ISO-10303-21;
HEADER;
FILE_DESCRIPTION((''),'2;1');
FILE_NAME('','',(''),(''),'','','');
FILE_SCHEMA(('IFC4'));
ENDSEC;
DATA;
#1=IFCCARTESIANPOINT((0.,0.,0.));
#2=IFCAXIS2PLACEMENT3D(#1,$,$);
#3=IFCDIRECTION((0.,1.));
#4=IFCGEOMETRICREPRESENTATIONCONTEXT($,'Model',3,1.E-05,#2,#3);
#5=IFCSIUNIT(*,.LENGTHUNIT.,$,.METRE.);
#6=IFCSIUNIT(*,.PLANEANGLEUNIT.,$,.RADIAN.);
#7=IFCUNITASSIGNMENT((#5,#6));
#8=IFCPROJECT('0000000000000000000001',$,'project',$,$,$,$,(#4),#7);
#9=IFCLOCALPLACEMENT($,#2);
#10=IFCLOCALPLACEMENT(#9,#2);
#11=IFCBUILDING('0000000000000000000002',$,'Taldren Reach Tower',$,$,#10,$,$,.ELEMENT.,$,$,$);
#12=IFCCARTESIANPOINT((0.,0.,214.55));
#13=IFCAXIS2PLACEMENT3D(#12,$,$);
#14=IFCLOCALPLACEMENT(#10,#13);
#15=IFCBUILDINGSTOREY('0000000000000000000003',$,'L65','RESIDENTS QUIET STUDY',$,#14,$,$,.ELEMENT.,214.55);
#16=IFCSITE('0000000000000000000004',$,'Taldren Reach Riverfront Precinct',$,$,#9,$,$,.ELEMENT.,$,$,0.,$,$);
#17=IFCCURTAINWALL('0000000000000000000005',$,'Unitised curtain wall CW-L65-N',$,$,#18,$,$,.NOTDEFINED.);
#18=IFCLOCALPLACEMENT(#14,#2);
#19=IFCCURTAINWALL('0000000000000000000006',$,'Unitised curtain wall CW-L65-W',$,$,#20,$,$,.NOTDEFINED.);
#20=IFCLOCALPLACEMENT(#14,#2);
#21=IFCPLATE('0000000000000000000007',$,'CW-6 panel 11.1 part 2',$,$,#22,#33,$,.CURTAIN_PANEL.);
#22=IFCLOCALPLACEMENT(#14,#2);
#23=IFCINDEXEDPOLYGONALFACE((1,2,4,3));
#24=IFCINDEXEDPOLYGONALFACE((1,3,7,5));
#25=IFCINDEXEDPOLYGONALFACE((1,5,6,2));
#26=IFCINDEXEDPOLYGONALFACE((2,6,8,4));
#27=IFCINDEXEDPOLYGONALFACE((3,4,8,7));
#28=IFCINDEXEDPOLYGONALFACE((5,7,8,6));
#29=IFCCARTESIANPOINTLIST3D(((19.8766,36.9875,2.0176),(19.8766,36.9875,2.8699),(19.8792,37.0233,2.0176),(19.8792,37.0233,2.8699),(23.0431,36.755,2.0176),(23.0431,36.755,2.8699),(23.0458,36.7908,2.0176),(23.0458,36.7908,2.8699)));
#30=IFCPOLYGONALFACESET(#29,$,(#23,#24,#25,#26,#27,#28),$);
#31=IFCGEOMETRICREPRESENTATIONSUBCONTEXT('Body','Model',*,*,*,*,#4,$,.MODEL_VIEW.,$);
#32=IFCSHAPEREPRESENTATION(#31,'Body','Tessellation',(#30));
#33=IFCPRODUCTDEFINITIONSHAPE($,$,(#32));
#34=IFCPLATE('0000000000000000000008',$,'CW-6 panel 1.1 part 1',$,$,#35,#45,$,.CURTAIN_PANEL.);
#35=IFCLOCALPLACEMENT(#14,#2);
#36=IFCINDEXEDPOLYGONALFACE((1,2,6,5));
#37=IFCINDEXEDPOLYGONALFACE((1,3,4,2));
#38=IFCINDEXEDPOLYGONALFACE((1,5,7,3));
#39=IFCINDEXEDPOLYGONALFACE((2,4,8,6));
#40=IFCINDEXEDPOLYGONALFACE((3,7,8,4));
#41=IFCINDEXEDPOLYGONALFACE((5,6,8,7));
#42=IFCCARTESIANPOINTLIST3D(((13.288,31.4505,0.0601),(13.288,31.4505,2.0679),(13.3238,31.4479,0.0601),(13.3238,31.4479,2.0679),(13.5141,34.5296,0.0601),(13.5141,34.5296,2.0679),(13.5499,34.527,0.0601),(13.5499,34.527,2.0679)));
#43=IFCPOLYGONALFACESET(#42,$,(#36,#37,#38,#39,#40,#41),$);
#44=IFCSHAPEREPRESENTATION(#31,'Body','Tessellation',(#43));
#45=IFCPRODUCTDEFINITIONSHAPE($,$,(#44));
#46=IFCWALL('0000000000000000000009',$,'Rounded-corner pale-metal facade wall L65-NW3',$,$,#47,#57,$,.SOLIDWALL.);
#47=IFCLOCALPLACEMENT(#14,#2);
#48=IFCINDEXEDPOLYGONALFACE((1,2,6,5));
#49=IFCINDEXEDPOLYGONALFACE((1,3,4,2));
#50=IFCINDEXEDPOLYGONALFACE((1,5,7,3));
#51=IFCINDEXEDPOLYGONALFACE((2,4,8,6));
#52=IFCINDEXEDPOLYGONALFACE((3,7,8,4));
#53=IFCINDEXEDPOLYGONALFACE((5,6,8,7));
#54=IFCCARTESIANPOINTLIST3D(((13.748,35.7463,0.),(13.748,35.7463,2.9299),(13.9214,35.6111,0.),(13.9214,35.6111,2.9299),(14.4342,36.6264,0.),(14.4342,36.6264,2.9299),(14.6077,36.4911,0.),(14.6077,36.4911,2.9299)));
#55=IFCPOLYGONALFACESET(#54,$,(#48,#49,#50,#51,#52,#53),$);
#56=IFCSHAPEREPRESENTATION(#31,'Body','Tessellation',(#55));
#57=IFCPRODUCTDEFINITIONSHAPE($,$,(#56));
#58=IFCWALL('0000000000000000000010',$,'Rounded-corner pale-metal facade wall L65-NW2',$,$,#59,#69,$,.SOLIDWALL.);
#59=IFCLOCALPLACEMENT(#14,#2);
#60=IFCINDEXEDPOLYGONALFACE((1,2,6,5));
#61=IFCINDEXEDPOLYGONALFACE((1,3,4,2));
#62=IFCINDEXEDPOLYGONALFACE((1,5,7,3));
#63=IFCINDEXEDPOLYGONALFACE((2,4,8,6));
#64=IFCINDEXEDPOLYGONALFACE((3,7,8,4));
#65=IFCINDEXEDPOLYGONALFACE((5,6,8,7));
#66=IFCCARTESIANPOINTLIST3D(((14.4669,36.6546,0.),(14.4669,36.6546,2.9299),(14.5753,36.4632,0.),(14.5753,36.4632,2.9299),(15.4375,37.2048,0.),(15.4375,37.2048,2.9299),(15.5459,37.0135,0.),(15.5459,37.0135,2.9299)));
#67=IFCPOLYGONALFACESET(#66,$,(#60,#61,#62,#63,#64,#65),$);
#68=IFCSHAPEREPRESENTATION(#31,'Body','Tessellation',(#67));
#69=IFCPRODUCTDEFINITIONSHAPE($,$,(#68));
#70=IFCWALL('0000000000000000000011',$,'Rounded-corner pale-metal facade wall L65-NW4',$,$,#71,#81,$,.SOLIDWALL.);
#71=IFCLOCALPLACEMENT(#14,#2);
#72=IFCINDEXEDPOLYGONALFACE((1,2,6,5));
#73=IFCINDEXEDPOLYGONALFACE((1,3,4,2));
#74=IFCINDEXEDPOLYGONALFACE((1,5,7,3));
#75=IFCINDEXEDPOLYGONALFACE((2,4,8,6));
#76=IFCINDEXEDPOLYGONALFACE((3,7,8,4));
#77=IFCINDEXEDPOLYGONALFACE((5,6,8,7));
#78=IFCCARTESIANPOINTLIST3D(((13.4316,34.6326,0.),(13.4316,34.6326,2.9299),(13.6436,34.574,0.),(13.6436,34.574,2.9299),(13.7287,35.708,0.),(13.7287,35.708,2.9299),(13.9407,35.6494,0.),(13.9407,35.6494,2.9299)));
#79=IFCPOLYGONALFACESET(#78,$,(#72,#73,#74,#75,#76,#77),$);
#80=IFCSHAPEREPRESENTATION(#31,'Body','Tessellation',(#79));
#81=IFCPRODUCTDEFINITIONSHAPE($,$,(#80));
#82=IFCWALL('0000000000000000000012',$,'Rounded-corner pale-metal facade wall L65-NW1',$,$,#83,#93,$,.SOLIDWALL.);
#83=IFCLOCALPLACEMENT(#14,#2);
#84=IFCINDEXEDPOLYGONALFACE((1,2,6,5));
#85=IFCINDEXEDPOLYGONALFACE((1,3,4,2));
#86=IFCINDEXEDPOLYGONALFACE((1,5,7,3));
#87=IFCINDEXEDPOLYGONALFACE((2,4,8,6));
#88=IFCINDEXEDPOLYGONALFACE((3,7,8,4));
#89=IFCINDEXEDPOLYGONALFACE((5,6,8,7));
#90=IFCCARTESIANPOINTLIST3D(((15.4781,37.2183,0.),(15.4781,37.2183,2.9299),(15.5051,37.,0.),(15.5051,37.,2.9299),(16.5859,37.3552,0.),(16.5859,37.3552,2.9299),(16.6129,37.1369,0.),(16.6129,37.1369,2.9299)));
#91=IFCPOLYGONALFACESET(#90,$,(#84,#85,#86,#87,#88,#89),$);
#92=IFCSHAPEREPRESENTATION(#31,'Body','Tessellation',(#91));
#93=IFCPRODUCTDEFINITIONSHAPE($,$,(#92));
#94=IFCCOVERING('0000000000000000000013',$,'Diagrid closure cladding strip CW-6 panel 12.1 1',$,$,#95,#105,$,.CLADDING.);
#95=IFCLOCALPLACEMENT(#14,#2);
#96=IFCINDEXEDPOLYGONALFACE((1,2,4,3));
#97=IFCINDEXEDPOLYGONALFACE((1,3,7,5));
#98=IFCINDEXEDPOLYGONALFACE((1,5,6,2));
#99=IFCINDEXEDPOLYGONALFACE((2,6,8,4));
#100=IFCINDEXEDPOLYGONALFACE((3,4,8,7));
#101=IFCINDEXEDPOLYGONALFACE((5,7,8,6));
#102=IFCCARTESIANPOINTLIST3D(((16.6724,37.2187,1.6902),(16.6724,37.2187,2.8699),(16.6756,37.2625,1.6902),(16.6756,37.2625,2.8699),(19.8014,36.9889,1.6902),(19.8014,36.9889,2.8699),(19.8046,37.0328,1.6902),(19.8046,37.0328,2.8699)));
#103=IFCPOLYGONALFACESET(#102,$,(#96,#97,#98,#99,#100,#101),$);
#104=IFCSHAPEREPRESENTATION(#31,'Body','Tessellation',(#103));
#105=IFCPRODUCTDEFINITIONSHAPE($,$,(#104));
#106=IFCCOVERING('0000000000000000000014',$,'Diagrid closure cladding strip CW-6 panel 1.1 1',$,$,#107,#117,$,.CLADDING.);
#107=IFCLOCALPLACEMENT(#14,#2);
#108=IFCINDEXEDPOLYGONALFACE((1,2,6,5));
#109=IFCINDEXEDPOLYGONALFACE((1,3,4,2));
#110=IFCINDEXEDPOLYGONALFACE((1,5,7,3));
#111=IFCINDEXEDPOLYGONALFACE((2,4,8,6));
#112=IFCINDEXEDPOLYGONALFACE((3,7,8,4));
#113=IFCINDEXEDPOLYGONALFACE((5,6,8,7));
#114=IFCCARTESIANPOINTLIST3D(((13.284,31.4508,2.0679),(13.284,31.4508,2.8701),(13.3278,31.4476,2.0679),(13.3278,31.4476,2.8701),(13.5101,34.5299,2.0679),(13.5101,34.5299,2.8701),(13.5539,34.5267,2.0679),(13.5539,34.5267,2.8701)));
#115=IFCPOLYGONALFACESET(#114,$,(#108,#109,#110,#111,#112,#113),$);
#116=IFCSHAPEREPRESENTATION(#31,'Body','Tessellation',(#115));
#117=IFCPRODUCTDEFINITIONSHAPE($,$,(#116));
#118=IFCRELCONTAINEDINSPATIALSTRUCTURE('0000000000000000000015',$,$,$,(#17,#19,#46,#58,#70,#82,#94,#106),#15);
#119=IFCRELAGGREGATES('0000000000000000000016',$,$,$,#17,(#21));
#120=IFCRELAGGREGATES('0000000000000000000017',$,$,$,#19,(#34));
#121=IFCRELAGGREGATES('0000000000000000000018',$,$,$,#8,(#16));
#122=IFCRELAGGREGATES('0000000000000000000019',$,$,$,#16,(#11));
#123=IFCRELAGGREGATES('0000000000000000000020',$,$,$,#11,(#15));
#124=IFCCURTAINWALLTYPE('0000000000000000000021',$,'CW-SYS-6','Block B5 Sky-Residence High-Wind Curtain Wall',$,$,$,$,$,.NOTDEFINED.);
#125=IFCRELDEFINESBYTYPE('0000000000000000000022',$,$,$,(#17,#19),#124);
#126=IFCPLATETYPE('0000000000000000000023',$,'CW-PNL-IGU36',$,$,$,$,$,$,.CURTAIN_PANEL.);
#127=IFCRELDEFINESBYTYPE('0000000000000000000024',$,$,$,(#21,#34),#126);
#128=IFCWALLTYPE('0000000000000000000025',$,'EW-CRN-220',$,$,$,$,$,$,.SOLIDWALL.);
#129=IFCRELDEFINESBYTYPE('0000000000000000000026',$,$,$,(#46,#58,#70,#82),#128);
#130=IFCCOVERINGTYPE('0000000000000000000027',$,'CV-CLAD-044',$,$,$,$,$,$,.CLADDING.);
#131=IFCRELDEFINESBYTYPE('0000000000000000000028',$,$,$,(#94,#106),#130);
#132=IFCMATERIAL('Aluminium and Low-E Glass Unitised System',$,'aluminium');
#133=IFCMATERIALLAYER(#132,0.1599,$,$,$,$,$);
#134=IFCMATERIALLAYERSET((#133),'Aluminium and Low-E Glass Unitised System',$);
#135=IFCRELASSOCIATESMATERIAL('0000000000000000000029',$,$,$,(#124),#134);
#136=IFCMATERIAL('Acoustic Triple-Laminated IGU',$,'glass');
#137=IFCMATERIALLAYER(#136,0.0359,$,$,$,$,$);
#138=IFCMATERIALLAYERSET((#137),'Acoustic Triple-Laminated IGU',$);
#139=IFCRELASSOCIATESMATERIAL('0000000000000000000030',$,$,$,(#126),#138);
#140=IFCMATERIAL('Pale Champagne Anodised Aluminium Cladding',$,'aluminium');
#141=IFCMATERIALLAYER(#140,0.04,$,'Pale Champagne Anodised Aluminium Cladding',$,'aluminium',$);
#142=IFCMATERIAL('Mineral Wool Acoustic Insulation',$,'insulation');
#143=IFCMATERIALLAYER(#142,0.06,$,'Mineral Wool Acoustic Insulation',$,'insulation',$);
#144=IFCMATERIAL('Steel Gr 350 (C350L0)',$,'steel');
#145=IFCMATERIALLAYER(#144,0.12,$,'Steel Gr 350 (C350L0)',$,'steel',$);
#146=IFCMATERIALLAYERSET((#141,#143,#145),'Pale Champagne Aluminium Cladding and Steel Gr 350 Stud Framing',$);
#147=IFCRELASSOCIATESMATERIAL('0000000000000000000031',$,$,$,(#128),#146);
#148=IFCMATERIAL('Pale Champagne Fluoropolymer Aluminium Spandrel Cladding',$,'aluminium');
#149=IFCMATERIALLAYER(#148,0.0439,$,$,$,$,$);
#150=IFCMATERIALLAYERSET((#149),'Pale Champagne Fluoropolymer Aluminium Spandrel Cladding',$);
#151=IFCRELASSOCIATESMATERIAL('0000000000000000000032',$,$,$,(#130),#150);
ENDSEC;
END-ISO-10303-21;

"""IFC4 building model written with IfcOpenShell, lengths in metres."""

from ifc_helpers import new_model, si_unit, direction, frame, frame_2d, origin, origin_2d, place, context, subcontext, project, spatial, rectangle, extrude, source, transform, mapped, material, layer, layer_set, type_object, element, aggregate, save


model = new_model("IFC4")

# Units and contexts
model_context = context("Model", 3, precision=1e-05, world=origin(), true_north=direction((0.0, 1.0)))
body_context = subcontext(model_context, "Body", "Model", "MODEL_VIEW")
ifc_project = project(units=[si_unit("LENGTHUNIT", "METRE"), si_unit("PLANEANGLEUNIT", "RADIAN")], contexts=[model_context])

# Site, building, storey
site_placement = place(None, origin())
site = spatial("IfcSite", under=ifc_project, at=site_placement, Name="Taldren Reach Riverfront Precinct", CompositionType="ELEMENT", RefElevation=0.0)
building_placement = place(site_placement, origin())
building = spatial("IfcBuilding", under=site, at=building_placement, Name="Taldren Reach Tower", CompositionType="ELEMENT")
storey_placement = place(building_placement, frame((0.0, 0.0, 214.55)))
storey = spatial("IfcBuildingStorey", under=building, at=storey_placement, Name="L65", Description="RESIDENTS QUIET STUDY", CompositionType="ELEMENT", Elevation=214.55)

# Shared definitions
ifc_material_1 = material(Name="Steel Gr 350 (C350L0)", Category="steel")

# Curtain wall
ifc_material_2 = material(Name="Aluminium and Low-E Glass Unitised System", Category="aluminium")
ifc_layer_1 = layer(ifc_material_2, 0.1599)
ifc_layer_set_1 = layer_set([ifc_layer_1], Name="Aluminium and Low-E Glass Unitised System")
curtain_wall_type = type_object("IfcCurtainWallType", Name="CW-SYS-6", Description="Block B5 Sky-Residence High-Wind Curtain Wall", PredefinedType="NOTDEFINED", material=ifc_layer_set_1)
curtain_wall_1_placement = place(storey_placement, origin())
curtain_wall_1 = element("IfcCurtainWall", 1, at=curtain_wall_1_placement, inside=storey, type_object=curtain_wall_type, Name="Unitised curtain wall CW-L65-N", PredefinedType="NOTDEFINED")

# Curtain wall
curtain_wall_2_placement = place(storey_placement, origin())
curtain_wall_2 = element("IfcCurtainWall", 2, at=curtain_wall_2_placement, inside=storey, type_object=curtain_wall_type, Name="Unitised curtain wall CW-L65-W", PredefinedType="NOTDEFINED")

# Plates
ifc_material_3 = material(Name="Acoustic Triple-Laminated IGU", Category="glass")
ifc_layer_2 = layer(ifc_material_3, 0.0359)
ifc_layer_set_2 = layer_set([ifc_layer_2], Name="Acoustic Triple-Laminated IGU")
plate_type_1 = type_object("IfcPlateType", Name="CW-PNL-IGU36", PredefinedType="CURTAIN_PANEL", material=ifc_layer_set_2)
shared_shape_1 = source(origin(), body_context, "Body", "SweptSolid", [
    extrude(rectangle(XDim=3.175, YDim=0.0359, at=origin_2d()), origin(), (0.0, 0.0, 1.0), 0.8523),
])
plate_1_placement = place(storey_placement, frame((21.4612, 36.8892, 2.0176), z_axis=(0.0, 0.0, 1.0), x_axis=(-0.997314, 0.073238, 0.0)))
plate_1 = element("IfcPlate", 3, at=plate_1_placement, type_object=plate_type_1, Name="CW-6 panel 11.1 part 2", PredefinedType="CURTAIN_PANEL", context=body_context, shape_type="MappedRepresentation", body=[
    mapped(shared_shape_1, transform((0.0, 0.0, 0.0), scale=1.0)),
])
aggregate(curtain_wall_1, [plate_1])
shared_shape_2 = source(origin(), body_context, "Body", "SweptSolid", [
    extrude(rectangle(XDim=3.0874, YDim=0.0359, at=origin_2d()), origin(), (0.0, 0.0, 1.0), 2.0078),
])
plate_2_placement = place(storey_placement, frame((13.4189, 32.9888, 0.0601), z_axis=(0.0, 0.0, 1.0), x_axis=(-0.073238, -0.997314, 0.0)))
plate_2 = element("IfcPlate", 4, at=plate_2_placement, type_object=plate_type_1, Name="CW-6 panel 1.1 part 1", PredefinedType="CURTAIN_PANEL", context=body_context, shape_type="MappedRepresentation", body=[
    mapped(shared_shape_2, transform((0.0, 0.0, 0.0), scale=1.0)),
])
aggregate(curtain_wall_2, [plate_2])

# Walls
ifc_material_4 = material(Name="Pale Champagne Anodised Aluminium Cladding", Category="aluminium")
ifc_layer_3 = layer(ifc_material_4, 0.04, Name="Pale Champagne Anodised Aluminium Cladding", Category="aluminium")
ifc_material_5 = material(Name="Mineral Wool Acoustic Insulation", Category="insulation")
ifc_layer_4 = layer(ifc_material_5, 0.06, Name="Mineral Wool Acoustic Insulation", Category="insulation")
ifc_layer_5 = layer(ifc_material_1, 0.12, Name="Steel Gr 350 (C350L0)", Category="steel")
ifc_layer_set_3 = layer_set([ifc_layer_3, ifc_layer_4, ifc_layer_5], Name="Pale Champagne Aluminium Cladding and Steel Gr 350 Stud Framing")
wall_type = type_object("IfcWallType", Name="EW-CRN-220", PredefinedType="SOLIDWALL", material=ifc_layer_set_3)
shared_shape_3 = source(origin(), body_context, "Body", "SweptSolid", [
    extrude(rectangle(XDim=1.116, YDim=0.22, at=frame_2d((0.5581, 0.0))), origin(), (0.0, 0.0, 1.0), 2.9299),
])
wall_1_placement = place(storey_placement, frame((14.521, 36.5588, 0.0), z_axis=(0.0, 0.0, 1.0), x_axis=(-0.614909, -0.788598, 0.0)))
element("IfcWall", 5, at=wall_1_placement, inside=storey, type_object=wall_type, Name="Rounded-corner pale-metal facade wall L65-NW3", PredefinedType="SOLIDWALL", context=body_context, shape_type="MappedRepresentation", body=[
    mapped(shared_shape_3, transform((0.0, 0.0, 0.0), scale=1.0)),
])
shared_shape_4 = source(origin(), body_context, "Body", "SweptSolid", [
    extrude(rectangle(XDim=1.1157, YDim=0.22, at=frame_2d((0.5579, 0.0))), origin(), (0.0, 0.0, 1.0), 2.9299),
])
for number, where, z_axis, x_axis, name in (
    (6, (15.4917, 37.1091, 0.0), (0.0, 0.0, 1.0), (-0.869935, -0.493167, 0.0), "Rounded-corner pale-metal facade wall L65-NW2"),
    (7, (13.8347, 35.6787, 0.0), (0.0, 0.0, 1.0), (-0.266301, -0.96389, 0.0), "Rounded-corner pale-metal facade wall L65-NW4"),
):
    element("IfcWall", number, at=place(storey_placement, frame(where, z_axis=z_axis, x_axis=x_axis)), inside=storey, type_object=wall_type, Name=name, PredefinedType="SOLIDWALL", context=body_context, shape_type="MappedRepresentation", body=[
        mapped(shared_shape_4, transform((0.0, 0.0, 0.0), scale=1.0)),
    ])
shared_shape_5 = source(origin(), body_context, "Body", "SweptSolid", [
    extrude(rectangle(XDim=1.1162, YDim=0.22, at=frame_2d((0.5581, 0.0))), origin(), (0.0, 0.0, 1.0), 2.9299),
])
wall_2_placement = place(storey_placement, frame((16.5994, 37.2461, 0.0), z_axis=(0.0, 0.0, 1.0), x_axis=(-0.992442, -0.122715, 0.0)))
element("IfcWall", 8, at=wall_2_placement, inside=storey, type_object=wall_type, Name="Rounded-corner pale-metal facade wall L65-NW1", PredefinedType="SOLIDWALL", context=body_context, shape_type="MappedRepresentation", body=[
    mapped(shared_shape_5, transform((0.0, 0.0, 0.0), scale=1.0)),
])

# Coverings
ifc_material_6 = material(Name="Pale Champagne Fluoropolymer Aluminium Spandrel Cladding", Category="aluminium")
ifc_layer_6 = layer(ifc_material_6, 0.0439)
ifc_layer_set_4 = layer_set([ifc_layer_6], Name="Pale Champagne Fluoropolymer Aluminium Spandrel Cladding")
covering_type = type_object("IfcCoveringType", Name="CV-CLAD-044", PredefinedType="CLADDING", material=ifc_layer_set_4)
shared_shape_6 = source(origin(), body_context, "Body", "SweptSolid", [
    extrude(rectangle(XDim=3.1375, YDim=0.0439, at=origin_2d()), origin(), (0.0, 0.0, 1.0), 1.1797),
])
covering_1_placement = place(storey_placement, frame((18.2385, 37.1257, 1.6902), z_axis=(0.0, 0.0, 1.0), x_axis=(-0.997314, 0.073238, 0.0)))
element("IfcCovering", 9, at=covering_1_placement, inside=storey, type_object=covering_type, Name="Diagrid closure cladding strip CW-6 panel 12.1 1", PredefinedType="CLADDING", context=body_context, shape_type="MappedRepresentation", body=[
    mapped(shared_shape_6, transform((0.0, 0.0, 0.0), scale=1.0)),
])
shared_shape_7 = source(origin(), body_context, "Body", "SweptSolid", [
    extrude(rectangle(XDim=3.0874, YDim=0.0439, at=origin_2d()), origin(), (0.0, 0.0, 1.0), 0.8022),
])
covering_2_placement = place(storey_placement, frame((13.4189, 32.9888, 2.0679), z_axis=(0.0, 0.0, 1.0), x_axis=(-0.073238, -0.997314, 0.0)))
element("IfcCovering", 10, at=covering_2_placement, inside=storey, type_object=covering_type, Name="Diagrid closure cladding strip CW-6 panel 1.1 1", PredefinedType="CLADDING", context=body_context, shape_type="MappedRepresentation", body=[
    mapped(shared_shape_7, transform((0.0, 0.0, 0.0), scale=1.0)),
])

save(model, "model.ifc")
